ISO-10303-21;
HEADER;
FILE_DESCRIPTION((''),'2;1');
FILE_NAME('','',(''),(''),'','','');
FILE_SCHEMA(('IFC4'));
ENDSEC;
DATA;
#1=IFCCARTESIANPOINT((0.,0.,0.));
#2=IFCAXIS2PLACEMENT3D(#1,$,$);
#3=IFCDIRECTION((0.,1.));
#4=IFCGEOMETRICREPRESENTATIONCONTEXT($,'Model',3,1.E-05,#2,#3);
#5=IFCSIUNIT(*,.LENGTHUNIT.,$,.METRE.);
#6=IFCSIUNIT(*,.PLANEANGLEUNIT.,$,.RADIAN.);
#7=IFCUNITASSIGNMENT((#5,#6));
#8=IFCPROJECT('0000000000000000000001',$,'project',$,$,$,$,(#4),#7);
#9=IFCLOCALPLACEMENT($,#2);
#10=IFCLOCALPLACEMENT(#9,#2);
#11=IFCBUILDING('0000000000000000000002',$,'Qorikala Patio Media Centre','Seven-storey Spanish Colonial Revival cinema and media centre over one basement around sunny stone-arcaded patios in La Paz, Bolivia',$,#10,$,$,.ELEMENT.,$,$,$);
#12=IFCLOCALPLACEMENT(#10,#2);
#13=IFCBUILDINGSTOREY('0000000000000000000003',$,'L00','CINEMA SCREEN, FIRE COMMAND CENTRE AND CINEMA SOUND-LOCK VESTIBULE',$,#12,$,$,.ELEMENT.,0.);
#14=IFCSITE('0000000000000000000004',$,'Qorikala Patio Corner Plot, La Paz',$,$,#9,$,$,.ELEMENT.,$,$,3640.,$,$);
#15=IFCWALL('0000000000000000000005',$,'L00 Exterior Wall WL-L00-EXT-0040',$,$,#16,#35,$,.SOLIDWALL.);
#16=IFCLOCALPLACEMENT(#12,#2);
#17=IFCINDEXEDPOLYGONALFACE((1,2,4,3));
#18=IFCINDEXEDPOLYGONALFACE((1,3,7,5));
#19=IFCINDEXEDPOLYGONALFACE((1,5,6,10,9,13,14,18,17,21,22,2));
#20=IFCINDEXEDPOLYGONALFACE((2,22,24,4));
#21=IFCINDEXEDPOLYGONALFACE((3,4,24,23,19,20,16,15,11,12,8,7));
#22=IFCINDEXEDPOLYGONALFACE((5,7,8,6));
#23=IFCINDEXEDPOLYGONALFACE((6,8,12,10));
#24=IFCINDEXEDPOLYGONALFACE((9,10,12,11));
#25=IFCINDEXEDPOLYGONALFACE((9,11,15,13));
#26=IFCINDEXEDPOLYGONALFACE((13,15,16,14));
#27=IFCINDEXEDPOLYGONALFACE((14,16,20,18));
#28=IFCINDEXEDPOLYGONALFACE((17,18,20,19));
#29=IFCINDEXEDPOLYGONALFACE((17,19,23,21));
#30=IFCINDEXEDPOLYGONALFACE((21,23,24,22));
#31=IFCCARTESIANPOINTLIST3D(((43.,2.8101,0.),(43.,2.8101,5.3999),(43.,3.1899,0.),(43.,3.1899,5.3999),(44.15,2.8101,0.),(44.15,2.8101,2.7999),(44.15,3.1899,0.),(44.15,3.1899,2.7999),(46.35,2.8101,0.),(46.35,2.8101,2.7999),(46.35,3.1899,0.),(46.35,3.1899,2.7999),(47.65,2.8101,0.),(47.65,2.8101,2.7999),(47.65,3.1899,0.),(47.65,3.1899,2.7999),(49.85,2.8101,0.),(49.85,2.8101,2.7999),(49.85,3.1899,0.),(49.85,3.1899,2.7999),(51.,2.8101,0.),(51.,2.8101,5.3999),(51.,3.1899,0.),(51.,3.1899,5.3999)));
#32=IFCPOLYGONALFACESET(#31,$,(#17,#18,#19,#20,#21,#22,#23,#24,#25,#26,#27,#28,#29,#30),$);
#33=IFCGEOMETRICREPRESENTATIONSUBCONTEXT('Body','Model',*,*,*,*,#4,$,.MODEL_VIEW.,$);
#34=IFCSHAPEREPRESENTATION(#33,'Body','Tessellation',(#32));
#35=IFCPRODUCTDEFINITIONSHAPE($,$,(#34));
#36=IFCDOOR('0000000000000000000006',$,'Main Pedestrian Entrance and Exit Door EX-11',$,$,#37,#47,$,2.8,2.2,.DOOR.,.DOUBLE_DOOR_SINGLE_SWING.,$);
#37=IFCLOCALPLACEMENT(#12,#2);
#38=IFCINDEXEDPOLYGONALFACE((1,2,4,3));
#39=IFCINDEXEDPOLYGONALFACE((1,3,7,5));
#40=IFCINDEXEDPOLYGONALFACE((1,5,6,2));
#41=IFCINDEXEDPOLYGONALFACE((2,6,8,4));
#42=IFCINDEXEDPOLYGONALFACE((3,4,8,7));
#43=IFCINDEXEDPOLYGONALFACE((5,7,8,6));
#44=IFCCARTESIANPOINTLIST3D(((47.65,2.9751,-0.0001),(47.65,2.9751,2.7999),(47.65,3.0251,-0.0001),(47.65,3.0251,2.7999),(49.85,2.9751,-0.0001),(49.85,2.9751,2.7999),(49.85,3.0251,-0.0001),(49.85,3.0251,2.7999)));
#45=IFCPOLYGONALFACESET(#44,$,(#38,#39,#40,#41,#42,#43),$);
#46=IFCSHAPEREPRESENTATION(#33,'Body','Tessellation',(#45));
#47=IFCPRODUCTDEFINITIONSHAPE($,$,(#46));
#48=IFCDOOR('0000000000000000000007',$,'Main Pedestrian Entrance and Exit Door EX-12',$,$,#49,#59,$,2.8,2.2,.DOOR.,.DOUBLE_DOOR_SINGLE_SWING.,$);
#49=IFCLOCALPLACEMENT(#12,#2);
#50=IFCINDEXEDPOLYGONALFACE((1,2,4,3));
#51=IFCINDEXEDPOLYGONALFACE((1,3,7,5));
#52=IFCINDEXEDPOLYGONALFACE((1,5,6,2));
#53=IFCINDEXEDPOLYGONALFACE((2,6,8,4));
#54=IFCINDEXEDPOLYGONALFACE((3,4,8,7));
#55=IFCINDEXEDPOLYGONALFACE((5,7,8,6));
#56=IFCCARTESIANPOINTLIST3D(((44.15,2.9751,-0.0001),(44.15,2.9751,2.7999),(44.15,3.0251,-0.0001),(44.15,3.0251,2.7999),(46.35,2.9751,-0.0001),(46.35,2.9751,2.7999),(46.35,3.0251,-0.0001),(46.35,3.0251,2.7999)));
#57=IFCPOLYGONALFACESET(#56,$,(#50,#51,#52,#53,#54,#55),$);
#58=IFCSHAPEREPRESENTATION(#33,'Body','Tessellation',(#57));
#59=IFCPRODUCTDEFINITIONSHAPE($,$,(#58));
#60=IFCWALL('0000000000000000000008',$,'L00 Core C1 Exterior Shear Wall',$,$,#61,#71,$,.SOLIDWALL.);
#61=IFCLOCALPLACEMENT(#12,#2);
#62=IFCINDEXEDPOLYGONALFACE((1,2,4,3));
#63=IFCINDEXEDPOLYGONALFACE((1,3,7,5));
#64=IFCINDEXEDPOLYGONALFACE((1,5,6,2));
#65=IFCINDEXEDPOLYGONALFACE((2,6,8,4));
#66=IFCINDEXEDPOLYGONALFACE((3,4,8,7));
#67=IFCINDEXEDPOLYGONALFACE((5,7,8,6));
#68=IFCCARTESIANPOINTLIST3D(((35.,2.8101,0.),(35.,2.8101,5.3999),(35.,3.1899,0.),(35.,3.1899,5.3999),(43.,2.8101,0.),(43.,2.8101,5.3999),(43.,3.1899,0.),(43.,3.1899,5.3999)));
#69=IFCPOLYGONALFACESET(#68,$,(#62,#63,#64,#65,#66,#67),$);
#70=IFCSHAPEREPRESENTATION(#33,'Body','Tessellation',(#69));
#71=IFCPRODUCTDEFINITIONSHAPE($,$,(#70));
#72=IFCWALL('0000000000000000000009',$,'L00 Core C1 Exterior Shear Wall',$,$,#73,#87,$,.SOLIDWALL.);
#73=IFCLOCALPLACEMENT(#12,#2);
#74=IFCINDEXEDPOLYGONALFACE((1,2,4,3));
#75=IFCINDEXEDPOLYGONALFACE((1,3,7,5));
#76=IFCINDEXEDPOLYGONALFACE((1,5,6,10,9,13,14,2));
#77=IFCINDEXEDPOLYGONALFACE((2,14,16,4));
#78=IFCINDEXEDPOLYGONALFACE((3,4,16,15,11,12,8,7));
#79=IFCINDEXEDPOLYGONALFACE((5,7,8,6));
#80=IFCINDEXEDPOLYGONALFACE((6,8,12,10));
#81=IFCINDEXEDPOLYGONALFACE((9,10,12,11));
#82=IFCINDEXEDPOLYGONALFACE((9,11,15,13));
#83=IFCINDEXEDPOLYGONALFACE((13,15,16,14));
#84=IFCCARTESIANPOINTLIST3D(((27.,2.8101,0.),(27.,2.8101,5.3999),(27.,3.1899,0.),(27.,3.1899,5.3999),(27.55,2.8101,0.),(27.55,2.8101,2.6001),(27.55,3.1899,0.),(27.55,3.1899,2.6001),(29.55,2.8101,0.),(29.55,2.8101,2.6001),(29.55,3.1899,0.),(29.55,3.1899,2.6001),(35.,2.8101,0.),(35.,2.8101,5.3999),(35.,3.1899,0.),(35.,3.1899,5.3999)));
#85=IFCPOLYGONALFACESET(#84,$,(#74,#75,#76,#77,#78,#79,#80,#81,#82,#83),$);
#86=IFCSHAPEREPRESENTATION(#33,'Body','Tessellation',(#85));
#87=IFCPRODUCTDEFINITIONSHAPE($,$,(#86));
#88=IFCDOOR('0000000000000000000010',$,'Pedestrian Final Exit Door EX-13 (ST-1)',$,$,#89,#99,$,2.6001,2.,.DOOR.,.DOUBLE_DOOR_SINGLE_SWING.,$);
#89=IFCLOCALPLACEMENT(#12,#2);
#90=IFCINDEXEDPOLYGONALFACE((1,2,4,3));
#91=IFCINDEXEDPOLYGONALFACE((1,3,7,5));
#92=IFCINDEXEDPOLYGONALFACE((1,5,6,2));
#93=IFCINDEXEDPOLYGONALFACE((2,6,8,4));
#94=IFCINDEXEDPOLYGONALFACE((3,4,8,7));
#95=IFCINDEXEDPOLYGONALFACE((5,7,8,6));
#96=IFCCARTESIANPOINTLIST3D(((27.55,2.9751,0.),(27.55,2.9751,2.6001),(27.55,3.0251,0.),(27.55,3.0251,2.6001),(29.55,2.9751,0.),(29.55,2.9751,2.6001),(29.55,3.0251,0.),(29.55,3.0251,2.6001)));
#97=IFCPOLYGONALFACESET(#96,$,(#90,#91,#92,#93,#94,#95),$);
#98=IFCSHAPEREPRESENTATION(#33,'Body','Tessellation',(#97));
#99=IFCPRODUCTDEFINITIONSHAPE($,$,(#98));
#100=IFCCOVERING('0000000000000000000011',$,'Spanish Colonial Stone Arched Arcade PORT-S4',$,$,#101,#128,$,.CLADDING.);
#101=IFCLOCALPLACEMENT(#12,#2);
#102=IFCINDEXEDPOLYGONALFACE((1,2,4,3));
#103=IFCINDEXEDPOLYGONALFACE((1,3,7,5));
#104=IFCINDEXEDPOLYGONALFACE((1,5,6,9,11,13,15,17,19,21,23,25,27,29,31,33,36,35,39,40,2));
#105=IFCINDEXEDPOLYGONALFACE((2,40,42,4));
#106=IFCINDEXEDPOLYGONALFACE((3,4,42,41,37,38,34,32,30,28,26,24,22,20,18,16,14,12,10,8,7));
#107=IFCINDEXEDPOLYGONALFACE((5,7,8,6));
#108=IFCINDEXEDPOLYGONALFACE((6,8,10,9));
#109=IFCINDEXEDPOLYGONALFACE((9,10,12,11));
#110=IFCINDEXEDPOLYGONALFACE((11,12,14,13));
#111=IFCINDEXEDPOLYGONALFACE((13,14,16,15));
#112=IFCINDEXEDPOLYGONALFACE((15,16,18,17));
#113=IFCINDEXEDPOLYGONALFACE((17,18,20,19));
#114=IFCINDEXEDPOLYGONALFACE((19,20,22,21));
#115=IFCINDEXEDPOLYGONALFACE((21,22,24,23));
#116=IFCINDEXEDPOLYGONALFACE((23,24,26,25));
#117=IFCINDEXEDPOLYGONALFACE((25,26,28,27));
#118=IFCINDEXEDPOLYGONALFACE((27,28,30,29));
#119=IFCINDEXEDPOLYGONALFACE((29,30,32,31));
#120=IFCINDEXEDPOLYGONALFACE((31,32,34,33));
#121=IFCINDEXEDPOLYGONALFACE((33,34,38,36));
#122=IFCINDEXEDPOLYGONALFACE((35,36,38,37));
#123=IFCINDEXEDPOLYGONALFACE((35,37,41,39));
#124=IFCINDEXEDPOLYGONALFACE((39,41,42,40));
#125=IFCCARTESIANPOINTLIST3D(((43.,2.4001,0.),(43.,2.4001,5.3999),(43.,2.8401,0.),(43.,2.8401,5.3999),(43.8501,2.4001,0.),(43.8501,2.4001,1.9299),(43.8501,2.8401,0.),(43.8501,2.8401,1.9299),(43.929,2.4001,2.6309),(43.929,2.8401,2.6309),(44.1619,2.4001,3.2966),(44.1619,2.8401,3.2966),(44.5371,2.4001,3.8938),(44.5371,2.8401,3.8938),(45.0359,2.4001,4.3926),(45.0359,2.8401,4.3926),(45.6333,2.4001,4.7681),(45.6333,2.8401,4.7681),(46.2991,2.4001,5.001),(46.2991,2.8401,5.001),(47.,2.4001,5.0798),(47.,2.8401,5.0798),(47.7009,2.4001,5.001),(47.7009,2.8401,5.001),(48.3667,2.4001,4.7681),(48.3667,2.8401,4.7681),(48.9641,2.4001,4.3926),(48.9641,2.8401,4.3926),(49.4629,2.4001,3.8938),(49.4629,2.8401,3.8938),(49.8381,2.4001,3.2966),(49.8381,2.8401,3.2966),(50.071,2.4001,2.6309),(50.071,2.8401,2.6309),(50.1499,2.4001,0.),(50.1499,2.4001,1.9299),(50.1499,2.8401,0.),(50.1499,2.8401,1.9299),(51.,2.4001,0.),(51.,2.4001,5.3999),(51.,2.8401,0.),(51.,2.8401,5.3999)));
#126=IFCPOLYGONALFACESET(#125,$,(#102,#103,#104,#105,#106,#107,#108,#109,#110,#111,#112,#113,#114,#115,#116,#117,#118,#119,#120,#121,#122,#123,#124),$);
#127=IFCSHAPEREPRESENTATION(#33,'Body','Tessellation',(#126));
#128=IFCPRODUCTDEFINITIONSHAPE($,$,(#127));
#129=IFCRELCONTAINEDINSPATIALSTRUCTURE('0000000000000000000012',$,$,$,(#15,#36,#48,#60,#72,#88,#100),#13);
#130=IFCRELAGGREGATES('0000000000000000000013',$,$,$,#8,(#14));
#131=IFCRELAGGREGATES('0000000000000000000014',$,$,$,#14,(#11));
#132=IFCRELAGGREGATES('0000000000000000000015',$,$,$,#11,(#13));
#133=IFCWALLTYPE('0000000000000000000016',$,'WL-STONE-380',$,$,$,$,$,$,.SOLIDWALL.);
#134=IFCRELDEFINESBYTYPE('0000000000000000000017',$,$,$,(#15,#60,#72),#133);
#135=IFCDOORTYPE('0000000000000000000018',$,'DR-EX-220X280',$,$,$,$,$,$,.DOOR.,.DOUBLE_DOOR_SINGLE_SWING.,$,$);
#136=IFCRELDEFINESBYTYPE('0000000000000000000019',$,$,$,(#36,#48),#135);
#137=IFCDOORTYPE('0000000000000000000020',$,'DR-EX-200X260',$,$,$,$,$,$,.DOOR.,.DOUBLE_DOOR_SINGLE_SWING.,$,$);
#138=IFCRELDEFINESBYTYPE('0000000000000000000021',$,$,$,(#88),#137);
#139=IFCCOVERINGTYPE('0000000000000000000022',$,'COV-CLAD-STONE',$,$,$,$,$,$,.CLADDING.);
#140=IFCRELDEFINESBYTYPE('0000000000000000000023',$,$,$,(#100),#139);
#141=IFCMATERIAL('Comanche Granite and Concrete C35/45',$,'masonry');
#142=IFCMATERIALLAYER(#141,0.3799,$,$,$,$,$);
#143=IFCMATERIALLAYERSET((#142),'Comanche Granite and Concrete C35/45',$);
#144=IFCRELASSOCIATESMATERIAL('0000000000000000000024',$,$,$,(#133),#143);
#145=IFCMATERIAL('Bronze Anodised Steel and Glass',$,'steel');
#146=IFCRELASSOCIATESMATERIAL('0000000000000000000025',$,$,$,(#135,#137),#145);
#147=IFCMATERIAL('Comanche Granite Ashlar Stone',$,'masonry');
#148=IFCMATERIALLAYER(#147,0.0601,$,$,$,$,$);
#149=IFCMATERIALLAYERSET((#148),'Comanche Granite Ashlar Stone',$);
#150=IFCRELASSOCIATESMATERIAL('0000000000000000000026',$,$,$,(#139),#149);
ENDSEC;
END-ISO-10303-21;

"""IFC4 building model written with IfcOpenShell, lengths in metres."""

from ifc_helpers import new_model, si_unit, direction, frame, frame_2d, origin, place, context, subcontext, project, spatial, polyline, rectangle, outline, extrude, material, layer, layer_set, type_object, element, fill, save


model = new_model("IFC4")

# Units and contexts
model_context = context("Model", 3, precision=1e-05, world=origin(), true_north=direction((0.0, 1.0)))
body_context = subcontext(model_context, "Body", "Model", "MODEL_VIEW")
ifc_project = project(units=[si_unit("LENGTHUNIT", "METRE"), si_unit("PLANEANGLEUNIT", "RADIAN")], contexts=[model_context])

# Site, building, storey
site_placement = place(None, origin())
site = spatial("IfcSite", under=ifc_project, at=site_placement, Name="Qorikala Patio Corner Plot, La Paz", CompositionType="ELEMENT", RefElevation=3640.0)
building_placement = place(site_placement, origin())
building = spatial("IfcBuilding", under=site, at=building_placement, Name="Qorikala Patio Media Centre", Description="Seven-storey Spanish Colonial Revival cinema and media centre over one basement around sunny stone-arcaded patios in La Paz, Bolivia", CompositionType="ELEMENT")
storey_placement = place(building_placement, origin())
storey = spatial("IfcBuildingStorey", under=building, at=storey_placement, Name="L00", Description="CINEMA SCREEN, FIRE COMMAND CENTRE AND CINEMA SOUND-LOCK VESTIBULE", CompositionType="ELEMENT", Elevation=0.0)

# Wall, openings, doors
ifc_material_1 = material(Name="Comanche Granite and Concrete C35/45", Category="masonry")
ifc_layer_1 = layer(ifc_material_1, 0.3799)
ifc_layer_set_1 = layer_set([ifc_layer_1], Name="Comanche Granite and Concrete C35/45")
wall_type_1 = type_object("IfcWallType", Name="WL-STONE-380", PredefinedType="SOLIDWALL", material=ifc_layer_set_1)
wall_1_placement = place(storey_placement, frame((51.0, 3.0, 0.0), z_axis=(0.0, 0.0, 1.0), x_axis=(-1.0, 0.0, 0.0)))
wall_1 = element("IfcWall", 1, at=wall_1_placement, inside=storey, type_object=wall_type_1, Name="L00 Exterior Wall WL-L00-EXT-0040", PredefinedType="SOLIDWALL", context=body_context, shape_type="SweptSolid", body=[
    extrude(rectangle(XDim=8.0, YDim=0.3799, at=frame_2d((4.0, 0.0))), origin(), (0.0, 0.0, 1.0), 5.3999),
])
opening_1_placement = place(wall_1_placement, frame((1.1499, 0.0, 0.0)))
opening_1 = element("IfcOpeningElement", 2, at=opening_1_placement, cuts=wall_1, PredefinedType="OPENING", context=body_context, shape_type="SweptSolid", body=[
    extrude(rectangle(XDim=2.2, YDim=2.8, at=frame_2d((1.1001, 1.3999))), frame((0.0, 0.2, 0.0), z_axis=(0.0, -1.0, 0.0), x_axis=(1.0, 0.0, 0.0)), (0.0, 0.0, 1.0), 0.3999),
])
opening_2_placement = place(wall_1_placement, frame((4.6499, 0.0, 0.0)))
opening_2 = element("IfcOpeningElement", 3, at=opening_2_placement, cuts=wall_1, PredefinedType="OPENING", context=body_context, shape_type="SweptSolid", body=[
    extrude(rectangle(XDim=2.2, YDim=2.8, at=frame_2d((1.1001, 1.3999))), frame((0.0, 0.2, 0.0), z_axis=(0.0, -1.0, 0.0), x_axis=(1.0, 0.0, 0.0)), (0.0, 0.0, 1.0), 0.3999),
])
ifc_material_2 = material(Name="Bronze Anodised Steel and Glass", Category="steel")
door_type_1 = type_object("IfcDoorType", Name="DR-EX-220X280", OperationType="DOUBLE_DOOR_SINGLE_SWING", PredefinedType="DOOR", material=ifc_material_2)
door_1_placement = place(opening_1_placement, origin())
door_1 = element("IfcDoor", 4, at=door_1_placement, inside=storey, type_object=door_type_1, Name="Main Pedestrian Entrance and Exit Door EX-11", OperationType="DOUBLE_DOOR_SINGLE_SWING", OverallHeight=2.8, OverallWidth=2.2, PredefinedType="DOOR", context=body_context, shape_type="SweptSolid", body=[
    extrude(rectangle(XDim=2.2, YDim=2.8, at=frame_2d((1.1001, 1.3999))), frame((0.0, 0.0249, 0.0), z_axis=(0.0, -1.0, 0.0), x_axis=(1.0, 0.0, 0.0)), (0.0, 0.0, 1.0), 0.05),
])
fill(opening_1, door_1)
door_2_placement = place(opening_2_placement, origin())
door_2 = element("IfcDoor", 5, at=door_2_placement, inside=storey, type_object=door_type_1, Name="Main Pedestrian Entrance and Exit Door EX-12", OperationType="DOUBLE_DOOR_SINGLE_SWING", OverallHeight=2.8, OverallWidth=2.2, PredefinedType="DOOR", context=body_context, shape_type="SweptSolid", body=[
    extrude(rectangle(XDim=2.2, YDim=2.8, at=frame_2d((1.1001, 1.3999))), frame((0.0, 0.0249, 0.0), z_axis=(0.0, -1.0, 0.0), x_axis=(1.0, 0.0, 0.0)), (0.0, 0.0, 1.0), 0.05),
])
fill(opening_2, door_2)

# Wall
wall_2_placement = place(storey_placement, frame((43.0, 3.0, 0.0), z_axis=(0.0, 0.0, 1.0), x_axis=(-1.0, 0.0, 0.0)))
element("IfcWall", 6, at=wall_2_placement, inside=storey, type_object=wall_type_1, Name="L00 Core C1 Exterior Shear Wall", PredefinedType="SOLIDWALL", context=body_context, shape_type="SweptSolid", body=[
    extrude(rectangle(XDim=8.0, YDim=0.3799, at=frame_2d((4.0, 0.0))), origin(), (0.0, 0.0, 1.0), 5.3999),
])

# Wall, opening, door
wall_3_placement = place(storey_placement, frame((35.0, 3.0, 0.0), z_axis=(0.0, 0.0, 1.0), x_axis=(-1.0, 0.0, 0.0)))
wall_3 = element("IfcWall", 7, at=wall_3_placement, inside=storey, type_object=wall_type_1, Name="L00 Core C1 Exterior Shear Wall", PredefinedType="SOLIDWALL", context=body_context, shape_type="SweptSolid", body=[
    extrude(rectangle(XDim=8.0, YDim=0.3799, at=frame_2d((4.0, 0.0))), origin(), (0.0, 0.0, 1.0), 5.3999),
])
opening_3_placement = place(wall_3_placement, frame((5.45, 0.0, 0.0)))
opening_3 = element("IfcOpeningElement", 8, at=opening_3_placement, cuts=wall_3, PredefinedType="OPENING", context=body_context, shape_type="SweptSolid", body=[
    extrude(rectangle(XDim=2.0, YDim=2.6001, at=frame_2d((1.0, 1.3))), frame((0.0, 0.2, 0.0), z_axis=(0.0, -1.0, 0.0), x_axis=(1.0, 0.0, 0.0)), (0.0, 0.0, 1.0), 0.3999),
])
door_type_2 = type_object("IfcDoorType", Name="DR-EX-200X260", OperationType="DOUBLE_DOOR_SINGLE_SWING", PredefinedType="DOOR", material=ifc_material_2)
door_3_placement = place(opening_3_placement, origin())
door_3 = element("IfcDoor", 9, at=door_3_placement, inside=storey, type_object=door_type_2, Name="Pedestrian Final Exit Door EX-13 (ST-1)", OperationType="DOUBLE_DOOR_SINGLE_SWING", OverallHeight=2.6001, OverallWidth=2.0, PredefinedType="DOOR", context=body_context, shape_type="SweptSolid", body=[
    extrude(rectangle(XDim=2.0, YDim=2.6001, at=frame_2d((1.0, 1.3))), frame((0.0, 0.0249, 0.0), z_axis=(0.0, -1.0, 0.0), x_axis=(1.0, 0.0, 0.0)), (0.0, 0.0, 1.0), 0.05),
])
fill(opening_3, door_3)

# Covering
ifc_material_3 = material(Name="Comanche Granite Ashlar Stone", Category="masonry")
ifc_layer_2 = layer(ifc_material_3, 0.0601)
ifc_layer_set_2 = layer_set([ifc_layer_2], Name="Comanche Granite Ashlar Stone")
covering_type = type_object("IfcCoveringType", Name="COV-CLAD-STONE", PredefinedType="CLADDING", material=ifc_layer_set_2)
covering_placement = place(storey_placement, frame((43.0, 2.6201, 0.0), z_axis=(0.0, 0.0, 1.0), x_axis=(1.0, 0.0, 0.0)))
element("IfcCovering", 10, at=covering_placement, inside=storey, type_object=covering_type, Name="Spanish Colonial Stone Arched Arcade PORT-S4", PredefinedType="CLADDING", context=body_context, shape_type="SweptSolid", body=[
    extrude(outline(polyline([(0.0, 0.0), (0.8501, 0.0), (0.8501, 1.9299), (0.929, 2.6309), (1.1619, 3.2966), (1.5371, 3.8938), (2.0359, 4.3926), (2.6333, 4.7681), (3.2991, 5.001), (4.0, 5.0798), (4.7009, 5.001), (5.3667, 4.7681), (5.9641, 4.3926), (6.4629, 3.8938), (6.8381, 3.2966), (7.071, 2.6309), (7.1499, 1.9299), (7.1499, 0.0), (8.0, 0.0), (8.0, 5.3999), (0.0, 5.3999), (0.0, 0.0)])), frame((0.0, 0.22, 0.0), z_axis=(0.0, -1.0, 0.0), x_axis=(1.0, 0.0, 0.0)), (0.0, 0.0, 1.0), 0.4399),
])

save(model, "model.ifc")
